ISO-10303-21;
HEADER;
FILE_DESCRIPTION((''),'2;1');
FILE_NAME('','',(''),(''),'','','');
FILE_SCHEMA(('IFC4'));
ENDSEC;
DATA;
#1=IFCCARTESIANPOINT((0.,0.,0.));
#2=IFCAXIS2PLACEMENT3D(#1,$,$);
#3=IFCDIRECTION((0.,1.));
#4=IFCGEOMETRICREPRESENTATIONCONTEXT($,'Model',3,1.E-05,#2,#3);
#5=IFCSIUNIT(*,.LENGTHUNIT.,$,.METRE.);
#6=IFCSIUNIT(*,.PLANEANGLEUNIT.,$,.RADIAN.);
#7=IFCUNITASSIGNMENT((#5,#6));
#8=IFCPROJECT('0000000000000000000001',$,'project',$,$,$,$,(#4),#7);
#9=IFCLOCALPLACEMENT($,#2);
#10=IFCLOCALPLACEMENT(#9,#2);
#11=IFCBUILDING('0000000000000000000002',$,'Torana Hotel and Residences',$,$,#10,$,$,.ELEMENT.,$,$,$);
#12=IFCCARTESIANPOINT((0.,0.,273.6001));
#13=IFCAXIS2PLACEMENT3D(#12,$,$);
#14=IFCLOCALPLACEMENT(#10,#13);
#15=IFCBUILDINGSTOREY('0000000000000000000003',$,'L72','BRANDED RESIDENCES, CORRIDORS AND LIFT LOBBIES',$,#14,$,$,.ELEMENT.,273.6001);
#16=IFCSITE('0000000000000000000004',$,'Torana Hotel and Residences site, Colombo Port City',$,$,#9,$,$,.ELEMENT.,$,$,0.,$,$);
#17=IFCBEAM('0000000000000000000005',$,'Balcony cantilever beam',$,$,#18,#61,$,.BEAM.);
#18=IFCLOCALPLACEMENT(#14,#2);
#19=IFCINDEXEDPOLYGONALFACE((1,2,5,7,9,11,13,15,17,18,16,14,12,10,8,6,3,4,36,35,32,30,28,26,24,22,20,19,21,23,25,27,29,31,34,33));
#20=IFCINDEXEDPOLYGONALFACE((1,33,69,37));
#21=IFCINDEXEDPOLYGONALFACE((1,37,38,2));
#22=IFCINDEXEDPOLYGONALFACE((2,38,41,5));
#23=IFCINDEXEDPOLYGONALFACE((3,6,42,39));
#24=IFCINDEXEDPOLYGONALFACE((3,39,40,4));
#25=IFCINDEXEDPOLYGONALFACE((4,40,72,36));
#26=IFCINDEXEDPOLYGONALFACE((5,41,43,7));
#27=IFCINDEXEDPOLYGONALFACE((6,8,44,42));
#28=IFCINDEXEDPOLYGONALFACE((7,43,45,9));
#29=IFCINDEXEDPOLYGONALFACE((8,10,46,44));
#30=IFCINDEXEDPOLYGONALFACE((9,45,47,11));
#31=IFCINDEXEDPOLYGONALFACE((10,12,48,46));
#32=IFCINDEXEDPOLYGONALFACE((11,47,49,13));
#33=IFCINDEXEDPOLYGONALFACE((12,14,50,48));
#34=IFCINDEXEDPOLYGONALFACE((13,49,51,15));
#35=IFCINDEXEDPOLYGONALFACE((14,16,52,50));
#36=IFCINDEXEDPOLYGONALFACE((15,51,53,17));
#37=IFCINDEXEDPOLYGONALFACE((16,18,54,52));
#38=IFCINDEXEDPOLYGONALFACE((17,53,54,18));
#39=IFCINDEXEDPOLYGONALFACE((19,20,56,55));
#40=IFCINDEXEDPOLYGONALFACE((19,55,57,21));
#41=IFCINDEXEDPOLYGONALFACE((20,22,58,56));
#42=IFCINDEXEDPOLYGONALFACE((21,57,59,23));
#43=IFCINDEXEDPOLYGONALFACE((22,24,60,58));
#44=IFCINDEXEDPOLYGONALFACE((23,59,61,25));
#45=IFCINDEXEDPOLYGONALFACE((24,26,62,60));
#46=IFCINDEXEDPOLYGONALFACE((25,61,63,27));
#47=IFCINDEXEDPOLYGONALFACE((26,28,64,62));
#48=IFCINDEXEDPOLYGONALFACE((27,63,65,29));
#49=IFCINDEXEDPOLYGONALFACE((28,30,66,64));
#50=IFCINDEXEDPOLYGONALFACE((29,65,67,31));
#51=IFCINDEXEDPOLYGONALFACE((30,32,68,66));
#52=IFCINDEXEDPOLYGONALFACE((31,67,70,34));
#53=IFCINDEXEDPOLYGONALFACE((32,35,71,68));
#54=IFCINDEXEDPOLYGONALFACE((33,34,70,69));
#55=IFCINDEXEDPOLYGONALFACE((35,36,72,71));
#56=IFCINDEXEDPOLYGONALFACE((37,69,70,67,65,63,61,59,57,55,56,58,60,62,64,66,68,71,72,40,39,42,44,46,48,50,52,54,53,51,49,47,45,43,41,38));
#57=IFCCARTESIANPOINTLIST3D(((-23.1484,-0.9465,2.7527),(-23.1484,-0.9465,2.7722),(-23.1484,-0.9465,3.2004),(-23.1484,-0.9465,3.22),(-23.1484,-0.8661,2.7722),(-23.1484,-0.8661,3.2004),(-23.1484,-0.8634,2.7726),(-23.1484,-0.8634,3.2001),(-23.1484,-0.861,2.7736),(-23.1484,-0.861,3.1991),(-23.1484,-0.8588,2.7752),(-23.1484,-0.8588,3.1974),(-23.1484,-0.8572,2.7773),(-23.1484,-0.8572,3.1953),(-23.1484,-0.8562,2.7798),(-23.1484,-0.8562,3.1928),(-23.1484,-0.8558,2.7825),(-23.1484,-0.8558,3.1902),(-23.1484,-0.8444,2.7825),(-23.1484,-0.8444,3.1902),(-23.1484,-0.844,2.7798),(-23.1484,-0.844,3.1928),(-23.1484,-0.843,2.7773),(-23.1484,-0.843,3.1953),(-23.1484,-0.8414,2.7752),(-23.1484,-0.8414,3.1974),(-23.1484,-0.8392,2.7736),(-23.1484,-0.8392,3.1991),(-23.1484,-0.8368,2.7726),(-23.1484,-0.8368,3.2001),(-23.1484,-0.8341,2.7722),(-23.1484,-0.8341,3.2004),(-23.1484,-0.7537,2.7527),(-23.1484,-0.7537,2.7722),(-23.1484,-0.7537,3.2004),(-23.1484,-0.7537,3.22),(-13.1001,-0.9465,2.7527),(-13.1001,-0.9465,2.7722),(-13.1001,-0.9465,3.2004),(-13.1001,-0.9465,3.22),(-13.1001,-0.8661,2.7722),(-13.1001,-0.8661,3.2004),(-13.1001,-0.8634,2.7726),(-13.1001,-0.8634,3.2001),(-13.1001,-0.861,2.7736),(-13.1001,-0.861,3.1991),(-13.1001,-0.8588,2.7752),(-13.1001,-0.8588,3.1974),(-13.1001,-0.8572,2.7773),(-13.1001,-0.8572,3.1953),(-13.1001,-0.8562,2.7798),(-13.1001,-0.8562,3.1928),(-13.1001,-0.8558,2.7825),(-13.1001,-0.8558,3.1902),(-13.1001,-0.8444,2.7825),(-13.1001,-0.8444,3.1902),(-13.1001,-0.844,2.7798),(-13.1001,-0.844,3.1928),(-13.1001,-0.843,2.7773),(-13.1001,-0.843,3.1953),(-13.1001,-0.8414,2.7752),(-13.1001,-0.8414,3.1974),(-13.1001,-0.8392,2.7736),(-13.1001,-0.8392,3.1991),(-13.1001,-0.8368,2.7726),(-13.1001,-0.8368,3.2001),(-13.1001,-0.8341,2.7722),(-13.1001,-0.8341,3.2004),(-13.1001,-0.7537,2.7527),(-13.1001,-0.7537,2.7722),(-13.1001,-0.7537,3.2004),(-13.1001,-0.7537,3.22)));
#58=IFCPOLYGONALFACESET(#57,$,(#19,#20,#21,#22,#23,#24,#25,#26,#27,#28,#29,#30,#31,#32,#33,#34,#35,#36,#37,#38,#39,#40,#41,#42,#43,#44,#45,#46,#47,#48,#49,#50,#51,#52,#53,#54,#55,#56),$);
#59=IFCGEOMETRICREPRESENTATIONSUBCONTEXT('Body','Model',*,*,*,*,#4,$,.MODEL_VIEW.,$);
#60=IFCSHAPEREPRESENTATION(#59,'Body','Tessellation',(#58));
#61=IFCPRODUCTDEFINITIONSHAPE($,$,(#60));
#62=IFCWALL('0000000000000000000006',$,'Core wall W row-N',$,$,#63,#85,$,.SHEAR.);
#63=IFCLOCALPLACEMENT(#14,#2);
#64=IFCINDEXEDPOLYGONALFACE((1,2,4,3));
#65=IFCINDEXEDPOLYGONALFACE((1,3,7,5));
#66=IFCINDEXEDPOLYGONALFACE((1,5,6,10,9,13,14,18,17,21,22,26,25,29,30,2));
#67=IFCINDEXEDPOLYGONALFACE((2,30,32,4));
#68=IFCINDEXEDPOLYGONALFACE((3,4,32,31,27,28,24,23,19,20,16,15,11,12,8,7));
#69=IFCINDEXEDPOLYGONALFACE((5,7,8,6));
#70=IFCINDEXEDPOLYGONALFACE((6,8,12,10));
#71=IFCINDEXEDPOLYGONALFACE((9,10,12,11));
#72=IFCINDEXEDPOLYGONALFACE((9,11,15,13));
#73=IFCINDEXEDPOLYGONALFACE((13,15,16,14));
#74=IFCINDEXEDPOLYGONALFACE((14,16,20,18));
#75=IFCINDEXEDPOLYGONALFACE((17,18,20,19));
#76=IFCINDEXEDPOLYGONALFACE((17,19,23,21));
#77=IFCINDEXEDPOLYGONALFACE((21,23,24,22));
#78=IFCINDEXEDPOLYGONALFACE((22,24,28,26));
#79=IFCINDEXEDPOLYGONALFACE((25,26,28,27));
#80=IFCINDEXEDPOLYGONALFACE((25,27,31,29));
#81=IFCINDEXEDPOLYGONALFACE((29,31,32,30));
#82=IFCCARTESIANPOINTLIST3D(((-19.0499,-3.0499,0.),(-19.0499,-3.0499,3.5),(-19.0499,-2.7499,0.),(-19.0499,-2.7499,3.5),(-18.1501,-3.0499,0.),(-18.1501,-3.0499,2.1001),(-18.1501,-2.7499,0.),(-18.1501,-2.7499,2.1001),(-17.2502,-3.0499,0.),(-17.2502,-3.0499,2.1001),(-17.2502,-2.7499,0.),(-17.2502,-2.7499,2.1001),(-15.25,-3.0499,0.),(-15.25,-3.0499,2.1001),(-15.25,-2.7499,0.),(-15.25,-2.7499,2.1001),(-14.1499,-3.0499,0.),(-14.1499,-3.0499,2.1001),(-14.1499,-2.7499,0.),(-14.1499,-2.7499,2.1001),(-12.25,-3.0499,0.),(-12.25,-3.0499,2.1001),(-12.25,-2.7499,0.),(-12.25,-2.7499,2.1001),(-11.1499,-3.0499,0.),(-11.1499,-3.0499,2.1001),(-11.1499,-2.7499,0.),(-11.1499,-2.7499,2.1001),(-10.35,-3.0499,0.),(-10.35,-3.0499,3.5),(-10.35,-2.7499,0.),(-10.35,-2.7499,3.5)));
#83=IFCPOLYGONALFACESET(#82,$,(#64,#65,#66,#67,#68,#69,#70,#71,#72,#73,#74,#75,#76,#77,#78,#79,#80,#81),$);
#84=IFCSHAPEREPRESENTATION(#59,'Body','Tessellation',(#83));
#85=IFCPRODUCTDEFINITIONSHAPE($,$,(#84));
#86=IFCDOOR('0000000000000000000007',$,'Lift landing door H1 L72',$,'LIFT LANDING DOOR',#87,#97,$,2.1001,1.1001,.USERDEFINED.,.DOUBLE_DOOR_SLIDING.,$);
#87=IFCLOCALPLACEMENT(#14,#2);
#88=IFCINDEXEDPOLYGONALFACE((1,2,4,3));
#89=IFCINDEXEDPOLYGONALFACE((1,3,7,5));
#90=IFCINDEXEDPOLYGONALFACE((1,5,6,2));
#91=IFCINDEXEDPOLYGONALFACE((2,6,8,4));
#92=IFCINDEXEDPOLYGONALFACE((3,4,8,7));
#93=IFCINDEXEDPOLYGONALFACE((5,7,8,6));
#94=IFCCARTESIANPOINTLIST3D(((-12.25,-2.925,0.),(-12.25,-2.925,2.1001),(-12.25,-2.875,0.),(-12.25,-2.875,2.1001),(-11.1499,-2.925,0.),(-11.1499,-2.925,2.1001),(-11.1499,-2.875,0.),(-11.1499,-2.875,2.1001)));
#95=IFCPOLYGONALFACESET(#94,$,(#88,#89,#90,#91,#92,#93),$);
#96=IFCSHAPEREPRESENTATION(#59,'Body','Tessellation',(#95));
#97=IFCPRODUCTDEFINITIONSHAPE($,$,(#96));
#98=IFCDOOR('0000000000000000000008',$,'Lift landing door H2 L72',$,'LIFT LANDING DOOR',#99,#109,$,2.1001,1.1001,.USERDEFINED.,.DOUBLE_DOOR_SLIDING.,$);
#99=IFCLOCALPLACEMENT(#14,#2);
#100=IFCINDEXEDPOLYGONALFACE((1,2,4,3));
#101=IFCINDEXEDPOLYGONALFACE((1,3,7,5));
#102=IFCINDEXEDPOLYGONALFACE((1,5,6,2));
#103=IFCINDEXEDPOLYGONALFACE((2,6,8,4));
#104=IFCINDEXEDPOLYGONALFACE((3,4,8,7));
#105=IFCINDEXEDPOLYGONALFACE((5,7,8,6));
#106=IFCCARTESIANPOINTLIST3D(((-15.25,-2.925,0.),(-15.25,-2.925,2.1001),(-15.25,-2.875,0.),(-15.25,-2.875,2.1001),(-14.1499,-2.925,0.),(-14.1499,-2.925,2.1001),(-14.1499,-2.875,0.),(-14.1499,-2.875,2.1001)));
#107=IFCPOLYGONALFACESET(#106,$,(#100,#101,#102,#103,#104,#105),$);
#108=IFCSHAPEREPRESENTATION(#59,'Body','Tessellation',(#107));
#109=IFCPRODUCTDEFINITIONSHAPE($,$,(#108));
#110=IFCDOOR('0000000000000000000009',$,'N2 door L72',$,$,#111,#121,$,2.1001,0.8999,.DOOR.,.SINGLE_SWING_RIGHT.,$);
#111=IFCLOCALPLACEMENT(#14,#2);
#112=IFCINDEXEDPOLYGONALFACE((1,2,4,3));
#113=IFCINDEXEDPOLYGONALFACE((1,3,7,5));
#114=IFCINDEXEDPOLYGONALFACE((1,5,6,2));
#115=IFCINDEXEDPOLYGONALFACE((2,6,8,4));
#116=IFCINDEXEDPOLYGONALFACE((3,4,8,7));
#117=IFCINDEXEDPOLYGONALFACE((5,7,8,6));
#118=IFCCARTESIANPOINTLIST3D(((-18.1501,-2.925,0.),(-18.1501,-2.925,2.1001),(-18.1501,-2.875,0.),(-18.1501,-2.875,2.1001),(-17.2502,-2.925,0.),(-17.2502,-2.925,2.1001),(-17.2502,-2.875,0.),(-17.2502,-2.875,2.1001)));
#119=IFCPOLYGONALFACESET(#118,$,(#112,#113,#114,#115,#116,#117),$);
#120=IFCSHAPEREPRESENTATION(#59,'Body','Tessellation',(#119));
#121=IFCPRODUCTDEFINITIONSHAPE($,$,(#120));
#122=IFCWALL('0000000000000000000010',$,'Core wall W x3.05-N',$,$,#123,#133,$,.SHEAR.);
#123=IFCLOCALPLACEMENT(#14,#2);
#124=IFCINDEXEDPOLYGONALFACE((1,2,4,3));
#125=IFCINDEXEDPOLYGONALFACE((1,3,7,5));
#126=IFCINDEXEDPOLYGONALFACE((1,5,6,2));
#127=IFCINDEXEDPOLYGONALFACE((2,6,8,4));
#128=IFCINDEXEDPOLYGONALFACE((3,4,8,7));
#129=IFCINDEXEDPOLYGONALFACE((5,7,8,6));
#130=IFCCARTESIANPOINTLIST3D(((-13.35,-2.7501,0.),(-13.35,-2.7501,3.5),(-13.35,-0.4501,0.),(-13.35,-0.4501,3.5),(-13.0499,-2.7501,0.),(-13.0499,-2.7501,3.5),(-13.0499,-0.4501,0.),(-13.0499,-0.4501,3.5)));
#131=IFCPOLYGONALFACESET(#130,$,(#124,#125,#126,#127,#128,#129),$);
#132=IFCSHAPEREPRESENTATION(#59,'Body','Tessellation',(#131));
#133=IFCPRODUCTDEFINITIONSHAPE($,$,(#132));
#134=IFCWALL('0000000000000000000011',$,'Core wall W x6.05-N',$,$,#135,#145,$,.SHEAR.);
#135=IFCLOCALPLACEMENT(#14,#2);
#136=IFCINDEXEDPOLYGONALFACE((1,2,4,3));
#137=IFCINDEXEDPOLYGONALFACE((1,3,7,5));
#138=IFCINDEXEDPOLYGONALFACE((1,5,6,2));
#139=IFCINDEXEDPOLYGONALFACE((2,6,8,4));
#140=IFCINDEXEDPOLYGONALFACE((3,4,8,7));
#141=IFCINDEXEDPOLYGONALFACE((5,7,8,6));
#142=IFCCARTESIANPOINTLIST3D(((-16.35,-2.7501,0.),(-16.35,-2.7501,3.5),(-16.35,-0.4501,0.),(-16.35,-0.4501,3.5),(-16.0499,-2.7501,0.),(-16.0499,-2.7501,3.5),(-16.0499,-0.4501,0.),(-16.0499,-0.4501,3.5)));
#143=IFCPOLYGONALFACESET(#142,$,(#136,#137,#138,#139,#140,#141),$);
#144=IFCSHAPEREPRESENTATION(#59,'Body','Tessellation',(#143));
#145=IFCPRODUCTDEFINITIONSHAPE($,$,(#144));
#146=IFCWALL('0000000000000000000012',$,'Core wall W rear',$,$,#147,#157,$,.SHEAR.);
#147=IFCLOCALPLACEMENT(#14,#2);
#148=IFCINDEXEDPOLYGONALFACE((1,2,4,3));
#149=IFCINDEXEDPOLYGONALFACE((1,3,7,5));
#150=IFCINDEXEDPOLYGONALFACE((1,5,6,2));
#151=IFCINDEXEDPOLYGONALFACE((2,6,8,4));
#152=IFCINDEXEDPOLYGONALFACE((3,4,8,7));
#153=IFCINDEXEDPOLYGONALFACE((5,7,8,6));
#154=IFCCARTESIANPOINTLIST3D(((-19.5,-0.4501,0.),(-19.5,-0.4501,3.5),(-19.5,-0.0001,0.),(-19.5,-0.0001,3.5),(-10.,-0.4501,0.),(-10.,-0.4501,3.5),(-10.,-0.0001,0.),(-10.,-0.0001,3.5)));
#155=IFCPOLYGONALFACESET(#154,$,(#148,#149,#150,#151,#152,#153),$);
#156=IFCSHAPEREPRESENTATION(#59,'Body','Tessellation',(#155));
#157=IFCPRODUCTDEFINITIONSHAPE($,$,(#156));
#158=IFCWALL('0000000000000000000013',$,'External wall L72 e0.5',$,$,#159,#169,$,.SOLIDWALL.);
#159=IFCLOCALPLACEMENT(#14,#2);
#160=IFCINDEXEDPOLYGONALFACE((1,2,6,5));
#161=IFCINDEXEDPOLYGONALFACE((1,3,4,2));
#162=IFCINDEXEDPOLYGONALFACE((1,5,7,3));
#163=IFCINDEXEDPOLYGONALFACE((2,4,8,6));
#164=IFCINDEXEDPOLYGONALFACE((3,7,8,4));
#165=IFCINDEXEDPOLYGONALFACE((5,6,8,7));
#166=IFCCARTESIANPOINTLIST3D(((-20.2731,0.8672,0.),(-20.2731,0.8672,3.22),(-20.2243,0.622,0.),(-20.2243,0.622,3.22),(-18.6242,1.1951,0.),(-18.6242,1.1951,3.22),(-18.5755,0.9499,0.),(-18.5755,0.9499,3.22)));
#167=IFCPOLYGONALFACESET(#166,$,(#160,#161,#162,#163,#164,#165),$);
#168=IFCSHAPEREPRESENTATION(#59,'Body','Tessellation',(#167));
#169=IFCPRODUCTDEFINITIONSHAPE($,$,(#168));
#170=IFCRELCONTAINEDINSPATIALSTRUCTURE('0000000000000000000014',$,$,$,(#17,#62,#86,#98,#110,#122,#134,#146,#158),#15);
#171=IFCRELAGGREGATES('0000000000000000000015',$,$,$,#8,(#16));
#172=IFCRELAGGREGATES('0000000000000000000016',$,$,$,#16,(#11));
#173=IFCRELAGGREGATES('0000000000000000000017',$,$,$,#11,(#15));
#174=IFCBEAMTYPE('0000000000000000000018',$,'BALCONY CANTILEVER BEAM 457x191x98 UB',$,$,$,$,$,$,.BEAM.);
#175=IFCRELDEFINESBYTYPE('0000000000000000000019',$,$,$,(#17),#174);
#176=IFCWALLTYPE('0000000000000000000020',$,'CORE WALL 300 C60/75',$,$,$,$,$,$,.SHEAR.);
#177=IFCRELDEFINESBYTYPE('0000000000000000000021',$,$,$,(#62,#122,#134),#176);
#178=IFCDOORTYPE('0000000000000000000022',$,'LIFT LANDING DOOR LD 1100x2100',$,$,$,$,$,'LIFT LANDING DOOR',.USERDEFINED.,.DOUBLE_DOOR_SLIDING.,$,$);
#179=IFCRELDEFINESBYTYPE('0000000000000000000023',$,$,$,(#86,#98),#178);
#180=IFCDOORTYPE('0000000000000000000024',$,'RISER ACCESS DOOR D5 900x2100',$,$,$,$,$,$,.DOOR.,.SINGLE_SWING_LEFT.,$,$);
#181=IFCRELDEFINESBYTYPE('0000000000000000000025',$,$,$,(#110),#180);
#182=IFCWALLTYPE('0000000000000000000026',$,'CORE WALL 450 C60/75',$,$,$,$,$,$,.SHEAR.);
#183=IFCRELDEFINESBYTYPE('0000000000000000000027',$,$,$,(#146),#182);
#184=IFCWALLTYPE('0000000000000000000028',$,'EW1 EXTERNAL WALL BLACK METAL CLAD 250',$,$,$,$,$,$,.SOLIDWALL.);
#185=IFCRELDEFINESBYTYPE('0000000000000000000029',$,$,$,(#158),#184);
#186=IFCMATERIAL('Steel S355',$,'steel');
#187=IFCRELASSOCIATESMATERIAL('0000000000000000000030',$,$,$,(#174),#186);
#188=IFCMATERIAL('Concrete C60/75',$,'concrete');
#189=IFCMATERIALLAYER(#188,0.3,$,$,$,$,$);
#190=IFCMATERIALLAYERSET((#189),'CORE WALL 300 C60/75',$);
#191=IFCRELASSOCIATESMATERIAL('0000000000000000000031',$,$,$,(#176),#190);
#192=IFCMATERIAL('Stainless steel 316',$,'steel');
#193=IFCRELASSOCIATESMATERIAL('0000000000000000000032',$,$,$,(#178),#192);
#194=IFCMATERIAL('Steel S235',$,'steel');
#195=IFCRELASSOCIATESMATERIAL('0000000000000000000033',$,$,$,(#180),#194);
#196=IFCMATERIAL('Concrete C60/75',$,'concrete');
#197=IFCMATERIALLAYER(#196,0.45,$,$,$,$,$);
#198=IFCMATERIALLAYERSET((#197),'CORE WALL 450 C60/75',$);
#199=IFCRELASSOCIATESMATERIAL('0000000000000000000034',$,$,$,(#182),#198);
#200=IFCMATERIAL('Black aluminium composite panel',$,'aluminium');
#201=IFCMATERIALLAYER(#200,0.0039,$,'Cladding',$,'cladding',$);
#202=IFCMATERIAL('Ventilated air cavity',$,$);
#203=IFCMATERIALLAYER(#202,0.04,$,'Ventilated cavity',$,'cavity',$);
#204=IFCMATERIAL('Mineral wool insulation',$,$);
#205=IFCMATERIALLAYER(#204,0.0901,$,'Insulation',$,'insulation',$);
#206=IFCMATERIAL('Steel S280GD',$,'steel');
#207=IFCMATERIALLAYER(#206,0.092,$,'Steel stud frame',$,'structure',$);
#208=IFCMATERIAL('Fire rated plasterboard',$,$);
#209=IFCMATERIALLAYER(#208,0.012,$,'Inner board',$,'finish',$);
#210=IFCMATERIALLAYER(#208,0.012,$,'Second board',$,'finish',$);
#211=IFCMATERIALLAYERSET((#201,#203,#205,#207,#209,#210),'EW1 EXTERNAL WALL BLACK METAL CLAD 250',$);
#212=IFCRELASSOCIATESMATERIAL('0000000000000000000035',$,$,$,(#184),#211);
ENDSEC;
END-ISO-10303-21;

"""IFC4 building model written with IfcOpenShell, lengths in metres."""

from ifc_helpers import new_model, si_unit, direction, frame, frame_2d, origin, origin_2d, place, context, subcontext, project, spatial, rectangle, i_section, extrude, material, layer, layer_set, material_profile, profile_set, type_object, element, fill, save


model = new_model("IFC4")

# Units and contexts
model_context = context("Model", 3, precision=1e-05, world=origin(), true_north=direction((0.0, 1.0)))
body_context = subcontext(model_context, "Body", "Model", "MODEL_VIEW")
ifc_project = project(units=[si_unit("LENGTHUNIT", "METRE"), si_unit("PLANEANGLEUNIT", "RADIAN")], contexts=[model_context])

# Site, building, storey
site_placement = place(None, origin())
site = spatial("IfcSite", under=ifc_project, at=site_placement, Name="Torana Hotel and Residences site, Colombo Port City", CompositionType="ELEMENT", RefElevation=0.0)
building_placement = place(site_placement, origin())
building = spatial("IfcBuilding", under=site, at=building_placement, Name="Torana Hotel and Residences", CompositionType="ELEMENT")
storey_placement = place(building_placement, frame((0.0, 0.0, 273.6001)))
storey = spatial("IfcBuildingStorey", under=building, at=storey_placement, Name="L72", Description="BRANDED RESIDENCES, CORRIDORS AND LIFT LOBBIES", CompositionType="ELEMENT", Elevation=273.6001)

# Beam
ifc_material_1 = material(Name="Steel S355", Category="steel")
ifc_material_profile = material_profile(ifc_material_1, i_section(OverallWidth=0.1929, OverallDepth=0.4673, WebThickness=0.0115, FlangeThickness=0.0195, FilletRadius=0.0103, at=origin_2d()), Name="457x191x98 UB")
ifc_profile_set = profile_set([ifc_material_profile], Name="Steel S355")
beam_type = type_object("IfcBeamType", Name="BALCONY CANTILEVER BEAM 457x191x98 UB", PredefinedType="BEAM", material=ifc_profile_set)
beam_placement = place(storey_placement, frame((-23.1484, -0.8501, 2.9863), z_axis=(1.0, 0.0, 0.0), x_axis=(0.0, 1.0, 0.0)))
element("IfcBeam", 1, at=beam_placement, inside=storey, type_object=beam_type, Name="Balcony cantilever beam", PredefinedType="BEAM", context=body_context, shape_type="SweptSolid", body=[
    extrude(i_section(OverallWidth=0.1929, OverallDepth=0.4673, WebThickness=0.0115, FlangeThickness=0.0195, FilletRadius=0.0103, at=origin_2d()), origin(), (0.0, 0.0, 1.0), 10.0483),
])

# Wall, openings, doors
ifc_material_2 = material(Name="Concrete C60/75", Category="concrete")
ifc_layer_1 = layer(ifc_material_2, 0.3)
ifc_layer_set_1 = layer_set([ifc_layer_1], Name="CORE WALL 300 C60/75")
wall_type_1 = type_object("IfcWallType", Name="CORE WALL 300 C60/75", PredefinedType="SHEAR", material=ifc_layer_set_1)
wall_1_placement = place(storey_placement, frame((-19.05, -2.8999, 0.0), z_axis=(0.0, 0.0, 1.0), x_axis=(1.0, 0.0, 0.0)))
wall_1 = element("IfcWall", 2, at=wall_1_placement, inside=storey, type_object=wall_type_1, Name="Core wall W row-N", PredefinedType="SHEAR", context=body_context, shape_type="SweptSolid", body=[
    extrude(rectangle(XDim=8.7, YDim=0.3, at=frame_2d((4.3501, 0.0))), origin(), (0.0, 0.0, 1.0), 3.5),
])
opening_1_placement = place(wall_1_placement, frame((6.8, 0.0, 0.0)))
opening_1 = element("IfcOpeningElement", 3, at=opening_1_placement, cuts=wall_1, PredefinedType="OPENING", context=body_context, shape_type="SweptSolid", body=[
    extrude(rectangle(XDim=1.1001, YDim=2.1001, at=frame_2d((0.55, 1.05))), frame((0.0, 0.1599, 0.0), z_axis=(0.0, -1.0, 0.0), x_axis=(1.0, 0.0, 0.0)), (0.0, 0.0, 1.0), 0.3201),
])
opening_2_placement = place(wall_1_placement, frame((3.8, 0.0, 0.0)))
opening_2 = element("IfcOpeningElement", 4, at=opening_2_placement, cuts=wall_1, PredefinedType="OPENING", context=body_context, shape_type="SweptSolid", body=[
    extrude(rectangle(XDim=1.1001, YDim=2.1001, at=frame_2d((0.55, 1.05))), frame((0.0, 0.1599, 0.0), z_axis=(0.0, -1.0, 0.0), x_axis=(1.0, 0.0, 0.0)), (0.0, 0.0, 1.0), 0.3201),
])
opening_3_placement = place(wall_1_placement, frame((0.8999, 0.0, 0.0)))
opening_3 = element("IfcOpeningElement", 5, at=opening_3_placement, cuts=wall_1, PredefinedType="OPENING", context=body_context, shape_type="SweptSolid", body=[
    extrude(rectangle(XDim=0.8999, YDim=2.1001, at=frame_2d((0.45, 1.05))), frame((0.0, 0.1599, 0.0), z_axis=(0.0, -1.0, 0.0), x_axis=(1.0, 0.0, 0.0)), (0.0, 0.0, 1.0), 0.3201),
])
ifc_material_3 = material(Name="Stainless steel 316", Category="steel")
door_type_1 = type_object("IfcDoorType", Name="LIFT LANDING DOOR LD 1100x2100", ElementType="LIFT LANDING DOOR", OperationType="DOUBLE_DOOR_SLIDING", PredefinedType="USERDEFINED", material=ifc_material_3)
door_1_placement = place(opening_1_placement, origin())
door_1 = element("IfcDoor", 6, at=door_1_placement, inside=storey, type_object=door_type_1, Name="Lift landing door H1 L72", ObjectType="LIFT LANDING DOOR", OperationType="DOUBLE_DOOR_SLIDING", OverallHeight=2.1001, OverallWidth=1.1001, PredefinedType="USERDEFINED", context=body_context, shape_type="SweptSolid", body=[
    extrude(rectangle(XDim=1.1001, YDim=2.1001, at=frame_2d((0.55, 1.05))), frame((0.0, 0.0249, 0.0), z_axis=(0.0, -1.0, 0.0), x_axis=(1.0, 0.0, 0.0)), (0.0, 0.0, 1.0), 0.05),
])
fill(opening_1, door_1)
door_2_placement = place(opening_2_placement, origin())
door_2 = element("IfcDoor", 7, at=door_2_placement, inside=storey, type_object=door_type_1, Name="Lift landing door H2 L72", ObjectType="LIFT LANDING DOOR", OperationType="DOUBLE_DOOR_SLIDING", OverallHeight=2.1001, OverallWidth=1.1001, PredefinedType="USERDEFINED", context=body_context, shape_type="SweptSolid", body=[
    extrude(rectangle(XDim=1.1001, YDim=2.1001, at=frame_2d((0.55, 1.05))), frame((0.0, 0.0249, 0.0), z_axis=(0.0, -1.0, 0.0), x_axis=(1.0, 0.0, 0.0)), (0.0, 0.0, 1.0), 0.05),
])
fill(opening_2, door_2)
ifc_material_4 = material(Name="Steel S235", Category="steel")
door_type_2 = type_object("IfcDoorType", Name="RISER ACCESS DOOR D5 900x2100", OperationType="SINGLE_SWING_LEFT", PredefinedType="DOOR", material=ifc_material_4)
door_3_placement = place(opening_3_placement, origin())
door_3 = element("IfcDoor", 8, at=door_3_placement, inside=storey, type_object=door_type_2, Name="N2 door L72", OperationType="SINGLE_SWING_RIGHT", OverallHeight=2.1001, OverallWidth=0.8999, PredefinedType="DOOR", context=body_context, shape_type="SweptSolid", body=[
    extrude(rectangle(XDim=0.8999, YDim=2.1001, at=frame_2d((0.45, 1.05))), frame((0.0, 0.0249, 0.0), z_axis=(0.0, -1.0, 0.0), x_axis=(1.0, 0.0, 0.0)), (0.0, 0.0, 1.0), 0.05),
])
fill(opening_3, door_3)

# Walls
for number, where, z_axis, x_axis, name in (
    (9, (-13.2, -2.75, 0.0), (0.0, 0.0, 1.0), (0.0, 1.0, 0.0), "Core wall W x3.05-N"),
    (10, (-16.2, -2.75, 0.0), (0.0, 0.0, 1.0), (0.0, 1.0, 0.0), "Core wall W x6.05-N"),
):
    element("IfcWall", number, at=place(storey_placement, frame(where, z_axis=z_axis, x_axis=x_axis)), inside=storey, type_object=wall_type_1, Name=name, PredefinedType="SHEAR", context=body_context, shape_type="SweptSolid", body=[
        extrude(rectangle(XDim=2.3, YDim=0.3, at=frame_2d((1.1499, 0.0))), origin(), (0.0, 0.0, 1.0), 3.5),
    ])
ifc_material_5 = material(Name="Concrete C60/75", Category="concrete")
ifc_layer_2 = layer(ifc_material_5, 0.45)
ifc_layer_set_2 = layer_set([ifc_layer_2], Name="CORE WALL 450 C60/75")
wall_type_2 = type_object("IfcWallType", Name="CORE WALL 450 C60/75", PredefinedType="SHEAR", material=ifc_layer_set_2)
wall_2_placement = place(storey_placement, frame((-19.5, -0.2251, 0.0), z_axis=(0.0, 0.0, 1.0), x_axis=(1.0, 0.0, 0.0)))
element("IfcWall", 11, at=wall_2_placement, inside=storey, type_object=wall_type_2, Name="Core wall W rear", PredefinedType="SHEAR", context=body_context, shape_type="SweptSolid", body=[
    extrude(rectangle(XDim=9.5, YDim=0.45, at=frame_2d((4.75, 0.0))), origin(), (0.0, 0.0, 1.0), 3.5),
])
ifc_material_6 = material(Name="Black aluminium composite panel", Category="aluminium")
ifc_layer_3 = layer(ifc_material_6, 0.0039, Name="Cladding", Category="cladding")
ifc_material_7 = material(Name="Ventilated air cavity")
ifc_layer_4 = layer(ifc_material_7, 0.04, Name="Ventilated cavity", Category="cavity")
ifc_material_8 = material(Name="Mineral wool insulation")
ifc_layer_5 = layer(ifc_material_8, 0.0901, Name="Insulation", Category="insulation")
ifc_material_9 = material(Name="Steel S280GD", Category="steel")
ifc_layer_6 = layer(ifc_material_9, 0.092, Name="Steel stud frame", Category="structure")
ifc_material_10 = material(Name="Fire rated plasterboard")
ifc_layer_7 = layer(ifc_material_10, 0.012, Name="Inner board", Category="finish")
ifc_layer_8 = layer(ifc_material_10, 0.012, Name="Second board", Category="finish")
ifc_layer_set_3 = layer_set([ifc_layer_3, ifc_layer_4, ifc_layer_5, ifc_layer_6, ifc_layer_7, ifc_layer_8], Name="EW1 EXTERNAL WALL BLACK METAL CLAD 250")
wall_type_3 = type_object("IfcWallType", Name="EW1 EXTERNAL WALL BLACK METAL CLAD 250", PredefinedType="SOLIDWALL", material=ifc_layer_set_3)
wall_3_placement = place(storey_placement, frame((-18.5999, 1.0725, 0.0), z_axis=(0.0, 0.0, 1.0), x_axis=(-0.980798, -0.195027, 0.0)))
element("IfcWall", 12, at=wall_3_placement, inside=storey, type_object=wall_type_3, Name="External wall L72 e0.5", PredefinedType="SOLIDWALL", context=body_context, shape_type="SweptSolid", body=[
    extrude(rectangle(XDim=1.6812, YDim=0.25, at=frame_2d((0.8406, 0.0))), origin(), (0.0, 0.0, 1.0), 3.22),
])

save(model, "model.ifc")
